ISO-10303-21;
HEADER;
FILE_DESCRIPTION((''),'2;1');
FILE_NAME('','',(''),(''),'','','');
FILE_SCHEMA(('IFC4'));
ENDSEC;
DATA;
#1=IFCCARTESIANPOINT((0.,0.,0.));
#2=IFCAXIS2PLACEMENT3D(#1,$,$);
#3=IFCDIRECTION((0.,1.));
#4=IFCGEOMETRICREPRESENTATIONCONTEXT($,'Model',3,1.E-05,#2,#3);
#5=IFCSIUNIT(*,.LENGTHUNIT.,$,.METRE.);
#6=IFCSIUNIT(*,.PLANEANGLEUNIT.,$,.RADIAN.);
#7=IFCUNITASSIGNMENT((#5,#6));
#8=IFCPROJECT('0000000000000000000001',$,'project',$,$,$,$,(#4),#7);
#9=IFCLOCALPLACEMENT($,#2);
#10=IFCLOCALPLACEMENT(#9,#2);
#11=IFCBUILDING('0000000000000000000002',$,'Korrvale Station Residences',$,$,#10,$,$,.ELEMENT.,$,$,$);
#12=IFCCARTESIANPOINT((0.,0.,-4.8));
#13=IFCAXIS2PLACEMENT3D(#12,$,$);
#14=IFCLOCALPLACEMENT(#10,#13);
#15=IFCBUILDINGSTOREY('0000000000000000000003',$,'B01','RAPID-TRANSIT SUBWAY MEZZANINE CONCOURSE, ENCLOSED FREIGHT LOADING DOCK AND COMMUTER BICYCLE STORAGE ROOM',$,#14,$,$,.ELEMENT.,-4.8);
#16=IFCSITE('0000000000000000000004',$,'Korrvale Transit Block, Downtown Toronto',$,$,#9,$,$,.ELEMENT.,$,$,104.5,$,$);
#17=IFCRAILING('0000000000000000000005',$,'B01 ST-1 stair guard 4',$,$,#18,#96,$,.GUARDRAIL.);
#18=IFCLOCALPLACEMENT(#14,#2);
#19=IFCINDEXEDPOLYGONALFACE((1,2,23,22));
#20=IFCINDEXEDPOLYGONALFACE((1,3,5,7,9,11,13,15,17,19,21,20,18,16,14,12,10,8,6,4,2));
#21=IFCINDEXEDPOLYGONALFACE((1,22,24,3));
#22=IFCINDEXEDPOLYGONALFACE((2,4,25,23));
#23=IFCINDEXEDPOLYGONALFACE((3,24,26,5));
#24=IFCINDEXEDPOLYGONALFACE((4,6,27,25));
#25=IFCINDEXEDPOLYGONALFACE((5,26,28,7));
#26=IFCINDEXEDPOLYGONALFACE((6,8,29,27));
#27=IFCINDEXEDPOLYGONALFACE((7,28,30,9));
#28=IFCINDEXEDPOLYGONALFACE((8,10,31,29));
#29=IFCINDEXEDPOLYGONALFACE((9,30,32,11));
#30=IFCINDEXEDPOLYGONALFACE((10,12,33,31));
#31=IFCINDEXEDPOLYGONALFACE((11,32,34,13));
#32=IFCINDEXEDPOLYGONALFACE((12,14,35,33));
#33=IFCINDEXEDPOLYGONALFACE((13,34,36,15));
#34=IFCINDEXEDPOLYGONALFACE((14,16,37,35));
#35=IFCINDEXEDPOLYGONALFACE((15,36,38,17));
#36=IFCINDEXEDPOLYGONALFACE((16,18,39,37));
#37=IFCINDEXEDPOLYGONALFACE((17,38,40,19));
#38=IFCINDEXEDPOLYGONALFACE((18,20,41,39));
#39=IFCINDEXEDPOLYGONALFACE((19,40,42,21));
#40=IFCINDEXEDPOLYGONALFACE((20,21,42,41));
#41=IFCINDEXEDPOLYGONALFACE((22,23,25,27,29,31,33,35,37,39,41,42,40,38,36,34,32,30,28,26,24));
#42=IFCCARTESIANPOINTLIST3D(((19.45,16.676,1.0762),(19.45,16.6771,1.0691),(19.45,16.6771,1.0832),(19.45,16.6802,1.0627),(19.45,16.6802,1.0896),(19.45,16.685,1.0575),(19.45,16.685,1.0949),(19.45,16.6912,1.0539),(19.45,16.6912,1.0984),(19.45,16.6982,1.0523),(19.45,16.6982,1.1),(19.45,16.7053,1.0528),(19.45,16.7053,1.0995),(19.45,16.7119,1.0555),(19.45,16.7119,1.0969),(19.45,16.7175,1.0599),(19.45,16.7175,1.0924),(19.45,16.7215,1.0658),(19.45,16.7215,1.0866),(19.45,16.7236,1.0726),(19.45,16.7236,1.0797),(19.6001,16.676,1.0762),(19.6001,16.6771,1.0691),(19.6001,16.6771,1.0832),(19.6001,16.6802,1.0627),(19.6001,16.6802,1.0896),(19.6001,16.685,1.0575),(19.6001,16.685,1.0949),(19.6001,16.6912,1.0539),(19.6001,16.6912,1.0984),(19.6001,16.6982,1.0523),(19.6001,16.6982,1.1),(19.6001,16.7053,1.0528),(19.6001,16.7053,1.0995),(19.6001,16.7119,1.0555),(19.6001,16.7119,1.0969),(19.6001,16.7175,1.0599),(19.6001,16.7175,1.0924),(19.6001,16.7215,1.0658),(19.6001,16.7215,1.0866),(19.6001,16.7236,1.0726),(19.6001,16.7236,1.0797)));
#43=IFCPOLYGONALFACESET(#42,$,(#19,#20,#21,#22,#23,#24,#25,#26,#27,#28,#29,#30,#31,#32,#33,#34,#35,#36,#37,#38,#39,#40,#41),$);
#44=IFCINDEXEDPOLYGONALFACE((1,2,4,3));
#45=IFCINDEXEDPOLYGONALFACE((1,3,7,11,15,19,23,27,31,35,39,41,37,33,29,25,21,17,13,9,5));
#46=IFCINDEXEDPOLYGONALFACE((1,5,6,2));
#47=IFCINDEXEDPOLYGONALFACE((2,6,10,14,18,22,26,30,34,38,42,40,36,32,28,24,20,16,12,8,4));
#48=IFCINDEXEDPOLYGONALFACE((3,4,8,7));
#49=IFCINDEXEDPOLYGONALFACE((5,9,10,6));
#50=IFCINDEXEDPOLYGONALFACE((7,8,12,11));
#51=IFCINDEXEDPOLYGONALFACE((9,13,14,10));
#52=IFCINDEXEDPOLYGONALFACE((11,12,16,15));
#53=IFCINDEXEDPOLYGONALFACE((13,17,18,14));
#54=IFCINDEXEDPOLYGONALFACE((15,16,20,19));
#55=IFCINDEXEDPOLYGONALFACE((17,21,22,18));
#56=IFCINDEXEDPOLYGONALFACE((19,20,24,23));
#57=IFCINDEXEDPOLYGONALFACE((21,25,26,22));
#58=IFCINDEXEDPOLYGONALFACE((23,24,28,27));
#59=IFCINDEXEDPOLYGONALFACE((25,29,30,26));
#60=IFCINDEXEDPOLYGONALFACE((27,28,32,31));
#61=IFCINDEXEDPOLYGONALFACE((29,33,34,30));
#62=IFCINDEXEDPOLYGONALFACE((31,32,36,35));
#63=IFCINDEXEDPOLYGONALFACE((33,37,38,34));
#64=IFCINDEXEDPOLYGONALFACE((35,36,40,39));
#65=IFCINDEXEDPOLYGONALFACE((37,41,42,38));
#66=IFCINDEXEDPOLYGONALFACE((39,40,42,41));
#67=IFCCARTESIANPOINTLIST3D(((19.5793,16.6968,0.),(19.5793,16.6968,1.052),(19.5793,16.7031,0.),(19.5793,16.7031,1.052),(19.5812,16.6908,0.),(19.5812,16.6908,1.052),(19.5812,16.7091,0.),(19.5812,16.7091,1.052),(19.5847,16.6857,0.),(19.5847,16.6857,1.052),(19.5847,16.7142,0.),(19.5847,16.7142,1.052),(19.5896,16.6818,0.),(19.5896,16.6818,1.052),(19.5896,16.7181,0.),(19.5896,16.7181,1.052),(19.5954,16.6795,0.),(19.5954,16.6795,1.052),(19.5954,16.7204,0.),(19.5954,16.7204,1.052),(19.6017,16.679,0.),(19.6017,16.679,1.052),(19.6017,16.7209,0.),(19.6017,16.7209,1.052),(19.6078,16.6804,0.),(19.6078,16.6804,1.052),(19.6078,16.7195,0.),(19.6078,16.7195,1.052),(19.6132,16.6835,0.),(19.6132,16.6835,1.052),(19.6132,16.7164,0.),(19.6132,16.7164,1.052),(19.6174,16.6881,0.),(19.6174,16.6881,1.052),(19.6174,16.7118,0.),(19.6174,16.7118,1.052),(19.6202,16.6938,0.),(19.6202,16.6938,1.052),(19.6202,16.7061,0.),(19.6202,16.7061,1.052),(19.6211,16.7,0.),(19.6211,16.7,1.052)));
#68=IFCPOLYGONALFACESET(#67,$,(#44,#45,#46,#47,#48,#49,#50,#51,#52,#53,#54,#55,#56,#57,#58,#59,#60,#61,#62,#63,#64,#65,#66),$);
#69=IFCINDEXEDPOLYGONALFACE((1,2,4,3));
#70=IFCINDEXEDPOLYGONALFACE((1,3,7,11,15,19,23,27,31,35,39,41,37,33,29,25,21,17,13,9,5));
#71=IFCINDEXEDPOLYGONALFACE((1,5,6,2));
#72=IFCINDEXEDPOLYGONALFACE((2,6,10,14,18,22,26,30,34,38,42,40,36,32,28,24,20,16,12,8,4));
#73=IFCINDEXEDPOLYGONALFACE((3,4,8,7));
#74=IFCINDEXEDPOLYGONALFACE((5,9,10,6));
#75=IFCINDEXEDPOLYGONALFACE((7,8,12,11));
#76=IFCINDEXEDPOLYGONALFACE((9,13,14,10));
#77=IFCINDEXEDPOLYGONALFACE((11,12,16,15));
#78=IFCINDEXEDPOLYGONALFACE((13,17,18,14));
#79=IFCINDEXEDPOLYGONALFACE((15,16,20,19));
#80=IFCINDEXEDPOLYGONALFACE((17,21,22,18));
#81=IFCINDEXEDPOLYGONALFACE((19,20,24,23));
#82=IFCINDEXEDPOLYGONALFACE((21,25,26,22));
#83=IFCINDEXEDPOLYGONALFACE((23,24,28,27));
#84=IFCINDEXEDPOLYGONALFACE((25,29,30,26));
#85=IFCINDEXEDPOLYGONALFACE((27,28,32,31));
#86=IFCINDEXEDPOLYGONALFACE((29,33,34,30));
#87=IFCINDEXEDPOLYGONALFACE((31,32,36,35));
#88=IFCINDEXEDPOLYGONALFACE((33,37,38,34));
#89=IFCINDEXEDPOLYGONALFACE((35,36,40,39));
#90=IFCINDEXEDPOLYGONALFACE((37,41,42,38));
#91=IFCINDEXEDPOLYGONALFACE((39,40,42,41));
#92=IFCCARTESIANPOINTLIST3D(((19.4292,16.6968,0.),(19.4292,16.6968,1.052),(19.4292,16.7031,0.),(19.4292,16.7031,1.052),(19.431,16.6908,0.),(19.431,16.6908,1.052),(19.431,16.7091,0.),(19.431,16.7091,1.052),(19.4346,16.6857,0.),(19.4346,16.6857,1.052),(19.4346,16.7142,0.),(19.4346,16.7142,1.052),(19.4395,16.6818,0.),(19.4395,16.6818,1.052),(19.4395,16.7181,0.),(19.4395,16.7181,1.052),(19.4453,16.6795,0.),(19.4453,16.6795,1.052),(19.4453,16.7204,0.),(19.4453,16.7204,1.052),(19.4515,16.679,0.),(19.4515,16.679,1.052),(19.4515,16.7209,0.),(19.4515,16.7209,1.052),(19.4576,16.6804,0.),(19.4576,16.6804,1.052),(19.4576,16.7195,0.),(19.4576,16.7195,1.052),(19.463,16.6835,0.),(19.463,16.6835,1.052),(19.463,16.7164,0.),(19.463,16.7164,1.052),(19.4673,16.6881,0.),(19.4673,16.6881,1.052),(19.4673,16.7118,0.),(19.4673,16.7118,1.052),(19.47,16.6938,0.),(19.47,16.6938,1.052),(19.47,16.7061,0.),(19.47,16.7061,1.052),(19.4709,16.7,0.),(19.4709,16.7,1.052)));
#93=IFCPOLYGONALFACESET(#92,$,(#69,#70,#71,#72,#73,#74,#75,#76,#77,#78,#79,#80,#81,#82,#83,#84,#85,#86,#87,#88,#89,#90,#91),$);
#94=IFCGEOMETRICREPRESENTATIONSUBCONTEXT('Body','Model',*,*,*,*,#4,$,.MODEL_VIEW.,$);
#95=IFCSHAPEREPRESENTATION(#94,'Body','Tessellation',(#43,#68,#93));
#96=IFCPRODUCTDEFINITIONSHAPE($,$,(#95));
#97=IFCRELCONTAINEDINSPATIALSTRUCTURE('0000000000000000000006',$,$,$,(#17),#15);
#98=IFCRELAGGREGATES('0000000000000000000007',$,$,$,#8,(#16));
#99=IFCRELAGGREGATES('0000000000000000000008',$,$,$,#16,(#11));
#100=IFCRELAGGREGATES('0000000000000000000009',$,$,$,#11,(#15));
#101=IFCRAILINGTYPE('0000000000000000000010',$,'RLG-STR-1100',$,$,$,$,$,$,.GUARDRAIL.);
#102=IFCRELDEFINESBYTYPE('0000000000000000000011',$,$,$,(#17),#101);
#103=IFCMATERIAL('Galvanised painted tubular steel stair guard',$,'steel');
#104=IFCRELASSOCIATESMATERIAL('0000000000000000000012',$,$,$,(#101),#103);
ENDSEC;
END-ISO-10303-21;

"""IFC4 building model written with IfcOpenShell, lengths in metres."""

from ifc_helpers import new_model, si_unit, direction, frame, origin, origin_2d, place, context, subcontext, project, spatial, circle, extrude, material, type_object, element, save


model = new_model("IFC4")

# Units and contexts
model_context = context("Model", 3, precision=1e-05, world=origin(), true_north=direction((0.0, 1.0)))
body_context = subcontext(model_context, "Body", "Model", "MODEL_VIEW")
ifc_project = project(units=[si_unit("LENGTHUNIT", "METRE"), si_unit("PLANEANGLEUNIT", "RADIAN")], contexts=[model_context])

# Site, building, storey
site_placement = place(None, origin())
site = spatial("IfcSite", under=ifc_project, at=site_placement, Name="Korrvale Transit Block, Downtown Toronto", CompositionType="ELEMENT", RefElevation=104.5)
building_placement = place(site_placement, origin())
building = spatial("IfcBuilding", under=site, at=building_placement, Name="Korrvale Station Residences", CompositionType="ELEMENT")
storey_placement = place(building_placement, frame((0.0, 0.0, -4.8)))
storey = spatial("IfcBuildingStorey", under=building, at=storey_placement, Name="B01", Description="RAPID-TRANSIT SUBWAY MEZZANINE CONCOURSE, ENCLOSED FREIGHT LOADING DOCK AND COMMUTER BICYCLE STORAGE ROOM", CompositionType="ELEMENT", Elevation=-4.8)

# Railing
ifc_material_1 = material(Name="Galvanised painted tubular steel stair guard", Category="steel")
railing_type_1 = type_object("IfcRailingType", Name="RLG-STR-1100", PredefinedType="GUARDRAIL", material=ifc_material_1)
railing_1_placement = place(storey_placement, frame((19.6001, 16.7, 0.0)))
element("IfcRailing", 1, at=railing_1_placement, inside=storey, type_object=railing_type_1, Name="B01 ST-1 stair guard 4", PredefinedType="GUARDRAIL", context=body_context, shape_type="SweptSolid", body=[
    extrude(circle(Radius=0.0239, at=origin_2d()), frame((0.0, 0.0, 1.0762), z_axis=(-1.0, 0.0, 0.0), x_axis=(0.0, -1.0, 0.0)), (0.0, 0.0, 1.0), 0.1501),
    extrude(circle(Radius=0.021, at=origin_2d()), origin(), (0.0, 0.0, 1.0), 1.052),
    extrude(circle(Radius=0.021, at=origin_2d()), frame((-0.1501, 0.0, 0.0)), (0.0, 0.0, 1.0), 1.052),
])

save(model, "model.ifc")
